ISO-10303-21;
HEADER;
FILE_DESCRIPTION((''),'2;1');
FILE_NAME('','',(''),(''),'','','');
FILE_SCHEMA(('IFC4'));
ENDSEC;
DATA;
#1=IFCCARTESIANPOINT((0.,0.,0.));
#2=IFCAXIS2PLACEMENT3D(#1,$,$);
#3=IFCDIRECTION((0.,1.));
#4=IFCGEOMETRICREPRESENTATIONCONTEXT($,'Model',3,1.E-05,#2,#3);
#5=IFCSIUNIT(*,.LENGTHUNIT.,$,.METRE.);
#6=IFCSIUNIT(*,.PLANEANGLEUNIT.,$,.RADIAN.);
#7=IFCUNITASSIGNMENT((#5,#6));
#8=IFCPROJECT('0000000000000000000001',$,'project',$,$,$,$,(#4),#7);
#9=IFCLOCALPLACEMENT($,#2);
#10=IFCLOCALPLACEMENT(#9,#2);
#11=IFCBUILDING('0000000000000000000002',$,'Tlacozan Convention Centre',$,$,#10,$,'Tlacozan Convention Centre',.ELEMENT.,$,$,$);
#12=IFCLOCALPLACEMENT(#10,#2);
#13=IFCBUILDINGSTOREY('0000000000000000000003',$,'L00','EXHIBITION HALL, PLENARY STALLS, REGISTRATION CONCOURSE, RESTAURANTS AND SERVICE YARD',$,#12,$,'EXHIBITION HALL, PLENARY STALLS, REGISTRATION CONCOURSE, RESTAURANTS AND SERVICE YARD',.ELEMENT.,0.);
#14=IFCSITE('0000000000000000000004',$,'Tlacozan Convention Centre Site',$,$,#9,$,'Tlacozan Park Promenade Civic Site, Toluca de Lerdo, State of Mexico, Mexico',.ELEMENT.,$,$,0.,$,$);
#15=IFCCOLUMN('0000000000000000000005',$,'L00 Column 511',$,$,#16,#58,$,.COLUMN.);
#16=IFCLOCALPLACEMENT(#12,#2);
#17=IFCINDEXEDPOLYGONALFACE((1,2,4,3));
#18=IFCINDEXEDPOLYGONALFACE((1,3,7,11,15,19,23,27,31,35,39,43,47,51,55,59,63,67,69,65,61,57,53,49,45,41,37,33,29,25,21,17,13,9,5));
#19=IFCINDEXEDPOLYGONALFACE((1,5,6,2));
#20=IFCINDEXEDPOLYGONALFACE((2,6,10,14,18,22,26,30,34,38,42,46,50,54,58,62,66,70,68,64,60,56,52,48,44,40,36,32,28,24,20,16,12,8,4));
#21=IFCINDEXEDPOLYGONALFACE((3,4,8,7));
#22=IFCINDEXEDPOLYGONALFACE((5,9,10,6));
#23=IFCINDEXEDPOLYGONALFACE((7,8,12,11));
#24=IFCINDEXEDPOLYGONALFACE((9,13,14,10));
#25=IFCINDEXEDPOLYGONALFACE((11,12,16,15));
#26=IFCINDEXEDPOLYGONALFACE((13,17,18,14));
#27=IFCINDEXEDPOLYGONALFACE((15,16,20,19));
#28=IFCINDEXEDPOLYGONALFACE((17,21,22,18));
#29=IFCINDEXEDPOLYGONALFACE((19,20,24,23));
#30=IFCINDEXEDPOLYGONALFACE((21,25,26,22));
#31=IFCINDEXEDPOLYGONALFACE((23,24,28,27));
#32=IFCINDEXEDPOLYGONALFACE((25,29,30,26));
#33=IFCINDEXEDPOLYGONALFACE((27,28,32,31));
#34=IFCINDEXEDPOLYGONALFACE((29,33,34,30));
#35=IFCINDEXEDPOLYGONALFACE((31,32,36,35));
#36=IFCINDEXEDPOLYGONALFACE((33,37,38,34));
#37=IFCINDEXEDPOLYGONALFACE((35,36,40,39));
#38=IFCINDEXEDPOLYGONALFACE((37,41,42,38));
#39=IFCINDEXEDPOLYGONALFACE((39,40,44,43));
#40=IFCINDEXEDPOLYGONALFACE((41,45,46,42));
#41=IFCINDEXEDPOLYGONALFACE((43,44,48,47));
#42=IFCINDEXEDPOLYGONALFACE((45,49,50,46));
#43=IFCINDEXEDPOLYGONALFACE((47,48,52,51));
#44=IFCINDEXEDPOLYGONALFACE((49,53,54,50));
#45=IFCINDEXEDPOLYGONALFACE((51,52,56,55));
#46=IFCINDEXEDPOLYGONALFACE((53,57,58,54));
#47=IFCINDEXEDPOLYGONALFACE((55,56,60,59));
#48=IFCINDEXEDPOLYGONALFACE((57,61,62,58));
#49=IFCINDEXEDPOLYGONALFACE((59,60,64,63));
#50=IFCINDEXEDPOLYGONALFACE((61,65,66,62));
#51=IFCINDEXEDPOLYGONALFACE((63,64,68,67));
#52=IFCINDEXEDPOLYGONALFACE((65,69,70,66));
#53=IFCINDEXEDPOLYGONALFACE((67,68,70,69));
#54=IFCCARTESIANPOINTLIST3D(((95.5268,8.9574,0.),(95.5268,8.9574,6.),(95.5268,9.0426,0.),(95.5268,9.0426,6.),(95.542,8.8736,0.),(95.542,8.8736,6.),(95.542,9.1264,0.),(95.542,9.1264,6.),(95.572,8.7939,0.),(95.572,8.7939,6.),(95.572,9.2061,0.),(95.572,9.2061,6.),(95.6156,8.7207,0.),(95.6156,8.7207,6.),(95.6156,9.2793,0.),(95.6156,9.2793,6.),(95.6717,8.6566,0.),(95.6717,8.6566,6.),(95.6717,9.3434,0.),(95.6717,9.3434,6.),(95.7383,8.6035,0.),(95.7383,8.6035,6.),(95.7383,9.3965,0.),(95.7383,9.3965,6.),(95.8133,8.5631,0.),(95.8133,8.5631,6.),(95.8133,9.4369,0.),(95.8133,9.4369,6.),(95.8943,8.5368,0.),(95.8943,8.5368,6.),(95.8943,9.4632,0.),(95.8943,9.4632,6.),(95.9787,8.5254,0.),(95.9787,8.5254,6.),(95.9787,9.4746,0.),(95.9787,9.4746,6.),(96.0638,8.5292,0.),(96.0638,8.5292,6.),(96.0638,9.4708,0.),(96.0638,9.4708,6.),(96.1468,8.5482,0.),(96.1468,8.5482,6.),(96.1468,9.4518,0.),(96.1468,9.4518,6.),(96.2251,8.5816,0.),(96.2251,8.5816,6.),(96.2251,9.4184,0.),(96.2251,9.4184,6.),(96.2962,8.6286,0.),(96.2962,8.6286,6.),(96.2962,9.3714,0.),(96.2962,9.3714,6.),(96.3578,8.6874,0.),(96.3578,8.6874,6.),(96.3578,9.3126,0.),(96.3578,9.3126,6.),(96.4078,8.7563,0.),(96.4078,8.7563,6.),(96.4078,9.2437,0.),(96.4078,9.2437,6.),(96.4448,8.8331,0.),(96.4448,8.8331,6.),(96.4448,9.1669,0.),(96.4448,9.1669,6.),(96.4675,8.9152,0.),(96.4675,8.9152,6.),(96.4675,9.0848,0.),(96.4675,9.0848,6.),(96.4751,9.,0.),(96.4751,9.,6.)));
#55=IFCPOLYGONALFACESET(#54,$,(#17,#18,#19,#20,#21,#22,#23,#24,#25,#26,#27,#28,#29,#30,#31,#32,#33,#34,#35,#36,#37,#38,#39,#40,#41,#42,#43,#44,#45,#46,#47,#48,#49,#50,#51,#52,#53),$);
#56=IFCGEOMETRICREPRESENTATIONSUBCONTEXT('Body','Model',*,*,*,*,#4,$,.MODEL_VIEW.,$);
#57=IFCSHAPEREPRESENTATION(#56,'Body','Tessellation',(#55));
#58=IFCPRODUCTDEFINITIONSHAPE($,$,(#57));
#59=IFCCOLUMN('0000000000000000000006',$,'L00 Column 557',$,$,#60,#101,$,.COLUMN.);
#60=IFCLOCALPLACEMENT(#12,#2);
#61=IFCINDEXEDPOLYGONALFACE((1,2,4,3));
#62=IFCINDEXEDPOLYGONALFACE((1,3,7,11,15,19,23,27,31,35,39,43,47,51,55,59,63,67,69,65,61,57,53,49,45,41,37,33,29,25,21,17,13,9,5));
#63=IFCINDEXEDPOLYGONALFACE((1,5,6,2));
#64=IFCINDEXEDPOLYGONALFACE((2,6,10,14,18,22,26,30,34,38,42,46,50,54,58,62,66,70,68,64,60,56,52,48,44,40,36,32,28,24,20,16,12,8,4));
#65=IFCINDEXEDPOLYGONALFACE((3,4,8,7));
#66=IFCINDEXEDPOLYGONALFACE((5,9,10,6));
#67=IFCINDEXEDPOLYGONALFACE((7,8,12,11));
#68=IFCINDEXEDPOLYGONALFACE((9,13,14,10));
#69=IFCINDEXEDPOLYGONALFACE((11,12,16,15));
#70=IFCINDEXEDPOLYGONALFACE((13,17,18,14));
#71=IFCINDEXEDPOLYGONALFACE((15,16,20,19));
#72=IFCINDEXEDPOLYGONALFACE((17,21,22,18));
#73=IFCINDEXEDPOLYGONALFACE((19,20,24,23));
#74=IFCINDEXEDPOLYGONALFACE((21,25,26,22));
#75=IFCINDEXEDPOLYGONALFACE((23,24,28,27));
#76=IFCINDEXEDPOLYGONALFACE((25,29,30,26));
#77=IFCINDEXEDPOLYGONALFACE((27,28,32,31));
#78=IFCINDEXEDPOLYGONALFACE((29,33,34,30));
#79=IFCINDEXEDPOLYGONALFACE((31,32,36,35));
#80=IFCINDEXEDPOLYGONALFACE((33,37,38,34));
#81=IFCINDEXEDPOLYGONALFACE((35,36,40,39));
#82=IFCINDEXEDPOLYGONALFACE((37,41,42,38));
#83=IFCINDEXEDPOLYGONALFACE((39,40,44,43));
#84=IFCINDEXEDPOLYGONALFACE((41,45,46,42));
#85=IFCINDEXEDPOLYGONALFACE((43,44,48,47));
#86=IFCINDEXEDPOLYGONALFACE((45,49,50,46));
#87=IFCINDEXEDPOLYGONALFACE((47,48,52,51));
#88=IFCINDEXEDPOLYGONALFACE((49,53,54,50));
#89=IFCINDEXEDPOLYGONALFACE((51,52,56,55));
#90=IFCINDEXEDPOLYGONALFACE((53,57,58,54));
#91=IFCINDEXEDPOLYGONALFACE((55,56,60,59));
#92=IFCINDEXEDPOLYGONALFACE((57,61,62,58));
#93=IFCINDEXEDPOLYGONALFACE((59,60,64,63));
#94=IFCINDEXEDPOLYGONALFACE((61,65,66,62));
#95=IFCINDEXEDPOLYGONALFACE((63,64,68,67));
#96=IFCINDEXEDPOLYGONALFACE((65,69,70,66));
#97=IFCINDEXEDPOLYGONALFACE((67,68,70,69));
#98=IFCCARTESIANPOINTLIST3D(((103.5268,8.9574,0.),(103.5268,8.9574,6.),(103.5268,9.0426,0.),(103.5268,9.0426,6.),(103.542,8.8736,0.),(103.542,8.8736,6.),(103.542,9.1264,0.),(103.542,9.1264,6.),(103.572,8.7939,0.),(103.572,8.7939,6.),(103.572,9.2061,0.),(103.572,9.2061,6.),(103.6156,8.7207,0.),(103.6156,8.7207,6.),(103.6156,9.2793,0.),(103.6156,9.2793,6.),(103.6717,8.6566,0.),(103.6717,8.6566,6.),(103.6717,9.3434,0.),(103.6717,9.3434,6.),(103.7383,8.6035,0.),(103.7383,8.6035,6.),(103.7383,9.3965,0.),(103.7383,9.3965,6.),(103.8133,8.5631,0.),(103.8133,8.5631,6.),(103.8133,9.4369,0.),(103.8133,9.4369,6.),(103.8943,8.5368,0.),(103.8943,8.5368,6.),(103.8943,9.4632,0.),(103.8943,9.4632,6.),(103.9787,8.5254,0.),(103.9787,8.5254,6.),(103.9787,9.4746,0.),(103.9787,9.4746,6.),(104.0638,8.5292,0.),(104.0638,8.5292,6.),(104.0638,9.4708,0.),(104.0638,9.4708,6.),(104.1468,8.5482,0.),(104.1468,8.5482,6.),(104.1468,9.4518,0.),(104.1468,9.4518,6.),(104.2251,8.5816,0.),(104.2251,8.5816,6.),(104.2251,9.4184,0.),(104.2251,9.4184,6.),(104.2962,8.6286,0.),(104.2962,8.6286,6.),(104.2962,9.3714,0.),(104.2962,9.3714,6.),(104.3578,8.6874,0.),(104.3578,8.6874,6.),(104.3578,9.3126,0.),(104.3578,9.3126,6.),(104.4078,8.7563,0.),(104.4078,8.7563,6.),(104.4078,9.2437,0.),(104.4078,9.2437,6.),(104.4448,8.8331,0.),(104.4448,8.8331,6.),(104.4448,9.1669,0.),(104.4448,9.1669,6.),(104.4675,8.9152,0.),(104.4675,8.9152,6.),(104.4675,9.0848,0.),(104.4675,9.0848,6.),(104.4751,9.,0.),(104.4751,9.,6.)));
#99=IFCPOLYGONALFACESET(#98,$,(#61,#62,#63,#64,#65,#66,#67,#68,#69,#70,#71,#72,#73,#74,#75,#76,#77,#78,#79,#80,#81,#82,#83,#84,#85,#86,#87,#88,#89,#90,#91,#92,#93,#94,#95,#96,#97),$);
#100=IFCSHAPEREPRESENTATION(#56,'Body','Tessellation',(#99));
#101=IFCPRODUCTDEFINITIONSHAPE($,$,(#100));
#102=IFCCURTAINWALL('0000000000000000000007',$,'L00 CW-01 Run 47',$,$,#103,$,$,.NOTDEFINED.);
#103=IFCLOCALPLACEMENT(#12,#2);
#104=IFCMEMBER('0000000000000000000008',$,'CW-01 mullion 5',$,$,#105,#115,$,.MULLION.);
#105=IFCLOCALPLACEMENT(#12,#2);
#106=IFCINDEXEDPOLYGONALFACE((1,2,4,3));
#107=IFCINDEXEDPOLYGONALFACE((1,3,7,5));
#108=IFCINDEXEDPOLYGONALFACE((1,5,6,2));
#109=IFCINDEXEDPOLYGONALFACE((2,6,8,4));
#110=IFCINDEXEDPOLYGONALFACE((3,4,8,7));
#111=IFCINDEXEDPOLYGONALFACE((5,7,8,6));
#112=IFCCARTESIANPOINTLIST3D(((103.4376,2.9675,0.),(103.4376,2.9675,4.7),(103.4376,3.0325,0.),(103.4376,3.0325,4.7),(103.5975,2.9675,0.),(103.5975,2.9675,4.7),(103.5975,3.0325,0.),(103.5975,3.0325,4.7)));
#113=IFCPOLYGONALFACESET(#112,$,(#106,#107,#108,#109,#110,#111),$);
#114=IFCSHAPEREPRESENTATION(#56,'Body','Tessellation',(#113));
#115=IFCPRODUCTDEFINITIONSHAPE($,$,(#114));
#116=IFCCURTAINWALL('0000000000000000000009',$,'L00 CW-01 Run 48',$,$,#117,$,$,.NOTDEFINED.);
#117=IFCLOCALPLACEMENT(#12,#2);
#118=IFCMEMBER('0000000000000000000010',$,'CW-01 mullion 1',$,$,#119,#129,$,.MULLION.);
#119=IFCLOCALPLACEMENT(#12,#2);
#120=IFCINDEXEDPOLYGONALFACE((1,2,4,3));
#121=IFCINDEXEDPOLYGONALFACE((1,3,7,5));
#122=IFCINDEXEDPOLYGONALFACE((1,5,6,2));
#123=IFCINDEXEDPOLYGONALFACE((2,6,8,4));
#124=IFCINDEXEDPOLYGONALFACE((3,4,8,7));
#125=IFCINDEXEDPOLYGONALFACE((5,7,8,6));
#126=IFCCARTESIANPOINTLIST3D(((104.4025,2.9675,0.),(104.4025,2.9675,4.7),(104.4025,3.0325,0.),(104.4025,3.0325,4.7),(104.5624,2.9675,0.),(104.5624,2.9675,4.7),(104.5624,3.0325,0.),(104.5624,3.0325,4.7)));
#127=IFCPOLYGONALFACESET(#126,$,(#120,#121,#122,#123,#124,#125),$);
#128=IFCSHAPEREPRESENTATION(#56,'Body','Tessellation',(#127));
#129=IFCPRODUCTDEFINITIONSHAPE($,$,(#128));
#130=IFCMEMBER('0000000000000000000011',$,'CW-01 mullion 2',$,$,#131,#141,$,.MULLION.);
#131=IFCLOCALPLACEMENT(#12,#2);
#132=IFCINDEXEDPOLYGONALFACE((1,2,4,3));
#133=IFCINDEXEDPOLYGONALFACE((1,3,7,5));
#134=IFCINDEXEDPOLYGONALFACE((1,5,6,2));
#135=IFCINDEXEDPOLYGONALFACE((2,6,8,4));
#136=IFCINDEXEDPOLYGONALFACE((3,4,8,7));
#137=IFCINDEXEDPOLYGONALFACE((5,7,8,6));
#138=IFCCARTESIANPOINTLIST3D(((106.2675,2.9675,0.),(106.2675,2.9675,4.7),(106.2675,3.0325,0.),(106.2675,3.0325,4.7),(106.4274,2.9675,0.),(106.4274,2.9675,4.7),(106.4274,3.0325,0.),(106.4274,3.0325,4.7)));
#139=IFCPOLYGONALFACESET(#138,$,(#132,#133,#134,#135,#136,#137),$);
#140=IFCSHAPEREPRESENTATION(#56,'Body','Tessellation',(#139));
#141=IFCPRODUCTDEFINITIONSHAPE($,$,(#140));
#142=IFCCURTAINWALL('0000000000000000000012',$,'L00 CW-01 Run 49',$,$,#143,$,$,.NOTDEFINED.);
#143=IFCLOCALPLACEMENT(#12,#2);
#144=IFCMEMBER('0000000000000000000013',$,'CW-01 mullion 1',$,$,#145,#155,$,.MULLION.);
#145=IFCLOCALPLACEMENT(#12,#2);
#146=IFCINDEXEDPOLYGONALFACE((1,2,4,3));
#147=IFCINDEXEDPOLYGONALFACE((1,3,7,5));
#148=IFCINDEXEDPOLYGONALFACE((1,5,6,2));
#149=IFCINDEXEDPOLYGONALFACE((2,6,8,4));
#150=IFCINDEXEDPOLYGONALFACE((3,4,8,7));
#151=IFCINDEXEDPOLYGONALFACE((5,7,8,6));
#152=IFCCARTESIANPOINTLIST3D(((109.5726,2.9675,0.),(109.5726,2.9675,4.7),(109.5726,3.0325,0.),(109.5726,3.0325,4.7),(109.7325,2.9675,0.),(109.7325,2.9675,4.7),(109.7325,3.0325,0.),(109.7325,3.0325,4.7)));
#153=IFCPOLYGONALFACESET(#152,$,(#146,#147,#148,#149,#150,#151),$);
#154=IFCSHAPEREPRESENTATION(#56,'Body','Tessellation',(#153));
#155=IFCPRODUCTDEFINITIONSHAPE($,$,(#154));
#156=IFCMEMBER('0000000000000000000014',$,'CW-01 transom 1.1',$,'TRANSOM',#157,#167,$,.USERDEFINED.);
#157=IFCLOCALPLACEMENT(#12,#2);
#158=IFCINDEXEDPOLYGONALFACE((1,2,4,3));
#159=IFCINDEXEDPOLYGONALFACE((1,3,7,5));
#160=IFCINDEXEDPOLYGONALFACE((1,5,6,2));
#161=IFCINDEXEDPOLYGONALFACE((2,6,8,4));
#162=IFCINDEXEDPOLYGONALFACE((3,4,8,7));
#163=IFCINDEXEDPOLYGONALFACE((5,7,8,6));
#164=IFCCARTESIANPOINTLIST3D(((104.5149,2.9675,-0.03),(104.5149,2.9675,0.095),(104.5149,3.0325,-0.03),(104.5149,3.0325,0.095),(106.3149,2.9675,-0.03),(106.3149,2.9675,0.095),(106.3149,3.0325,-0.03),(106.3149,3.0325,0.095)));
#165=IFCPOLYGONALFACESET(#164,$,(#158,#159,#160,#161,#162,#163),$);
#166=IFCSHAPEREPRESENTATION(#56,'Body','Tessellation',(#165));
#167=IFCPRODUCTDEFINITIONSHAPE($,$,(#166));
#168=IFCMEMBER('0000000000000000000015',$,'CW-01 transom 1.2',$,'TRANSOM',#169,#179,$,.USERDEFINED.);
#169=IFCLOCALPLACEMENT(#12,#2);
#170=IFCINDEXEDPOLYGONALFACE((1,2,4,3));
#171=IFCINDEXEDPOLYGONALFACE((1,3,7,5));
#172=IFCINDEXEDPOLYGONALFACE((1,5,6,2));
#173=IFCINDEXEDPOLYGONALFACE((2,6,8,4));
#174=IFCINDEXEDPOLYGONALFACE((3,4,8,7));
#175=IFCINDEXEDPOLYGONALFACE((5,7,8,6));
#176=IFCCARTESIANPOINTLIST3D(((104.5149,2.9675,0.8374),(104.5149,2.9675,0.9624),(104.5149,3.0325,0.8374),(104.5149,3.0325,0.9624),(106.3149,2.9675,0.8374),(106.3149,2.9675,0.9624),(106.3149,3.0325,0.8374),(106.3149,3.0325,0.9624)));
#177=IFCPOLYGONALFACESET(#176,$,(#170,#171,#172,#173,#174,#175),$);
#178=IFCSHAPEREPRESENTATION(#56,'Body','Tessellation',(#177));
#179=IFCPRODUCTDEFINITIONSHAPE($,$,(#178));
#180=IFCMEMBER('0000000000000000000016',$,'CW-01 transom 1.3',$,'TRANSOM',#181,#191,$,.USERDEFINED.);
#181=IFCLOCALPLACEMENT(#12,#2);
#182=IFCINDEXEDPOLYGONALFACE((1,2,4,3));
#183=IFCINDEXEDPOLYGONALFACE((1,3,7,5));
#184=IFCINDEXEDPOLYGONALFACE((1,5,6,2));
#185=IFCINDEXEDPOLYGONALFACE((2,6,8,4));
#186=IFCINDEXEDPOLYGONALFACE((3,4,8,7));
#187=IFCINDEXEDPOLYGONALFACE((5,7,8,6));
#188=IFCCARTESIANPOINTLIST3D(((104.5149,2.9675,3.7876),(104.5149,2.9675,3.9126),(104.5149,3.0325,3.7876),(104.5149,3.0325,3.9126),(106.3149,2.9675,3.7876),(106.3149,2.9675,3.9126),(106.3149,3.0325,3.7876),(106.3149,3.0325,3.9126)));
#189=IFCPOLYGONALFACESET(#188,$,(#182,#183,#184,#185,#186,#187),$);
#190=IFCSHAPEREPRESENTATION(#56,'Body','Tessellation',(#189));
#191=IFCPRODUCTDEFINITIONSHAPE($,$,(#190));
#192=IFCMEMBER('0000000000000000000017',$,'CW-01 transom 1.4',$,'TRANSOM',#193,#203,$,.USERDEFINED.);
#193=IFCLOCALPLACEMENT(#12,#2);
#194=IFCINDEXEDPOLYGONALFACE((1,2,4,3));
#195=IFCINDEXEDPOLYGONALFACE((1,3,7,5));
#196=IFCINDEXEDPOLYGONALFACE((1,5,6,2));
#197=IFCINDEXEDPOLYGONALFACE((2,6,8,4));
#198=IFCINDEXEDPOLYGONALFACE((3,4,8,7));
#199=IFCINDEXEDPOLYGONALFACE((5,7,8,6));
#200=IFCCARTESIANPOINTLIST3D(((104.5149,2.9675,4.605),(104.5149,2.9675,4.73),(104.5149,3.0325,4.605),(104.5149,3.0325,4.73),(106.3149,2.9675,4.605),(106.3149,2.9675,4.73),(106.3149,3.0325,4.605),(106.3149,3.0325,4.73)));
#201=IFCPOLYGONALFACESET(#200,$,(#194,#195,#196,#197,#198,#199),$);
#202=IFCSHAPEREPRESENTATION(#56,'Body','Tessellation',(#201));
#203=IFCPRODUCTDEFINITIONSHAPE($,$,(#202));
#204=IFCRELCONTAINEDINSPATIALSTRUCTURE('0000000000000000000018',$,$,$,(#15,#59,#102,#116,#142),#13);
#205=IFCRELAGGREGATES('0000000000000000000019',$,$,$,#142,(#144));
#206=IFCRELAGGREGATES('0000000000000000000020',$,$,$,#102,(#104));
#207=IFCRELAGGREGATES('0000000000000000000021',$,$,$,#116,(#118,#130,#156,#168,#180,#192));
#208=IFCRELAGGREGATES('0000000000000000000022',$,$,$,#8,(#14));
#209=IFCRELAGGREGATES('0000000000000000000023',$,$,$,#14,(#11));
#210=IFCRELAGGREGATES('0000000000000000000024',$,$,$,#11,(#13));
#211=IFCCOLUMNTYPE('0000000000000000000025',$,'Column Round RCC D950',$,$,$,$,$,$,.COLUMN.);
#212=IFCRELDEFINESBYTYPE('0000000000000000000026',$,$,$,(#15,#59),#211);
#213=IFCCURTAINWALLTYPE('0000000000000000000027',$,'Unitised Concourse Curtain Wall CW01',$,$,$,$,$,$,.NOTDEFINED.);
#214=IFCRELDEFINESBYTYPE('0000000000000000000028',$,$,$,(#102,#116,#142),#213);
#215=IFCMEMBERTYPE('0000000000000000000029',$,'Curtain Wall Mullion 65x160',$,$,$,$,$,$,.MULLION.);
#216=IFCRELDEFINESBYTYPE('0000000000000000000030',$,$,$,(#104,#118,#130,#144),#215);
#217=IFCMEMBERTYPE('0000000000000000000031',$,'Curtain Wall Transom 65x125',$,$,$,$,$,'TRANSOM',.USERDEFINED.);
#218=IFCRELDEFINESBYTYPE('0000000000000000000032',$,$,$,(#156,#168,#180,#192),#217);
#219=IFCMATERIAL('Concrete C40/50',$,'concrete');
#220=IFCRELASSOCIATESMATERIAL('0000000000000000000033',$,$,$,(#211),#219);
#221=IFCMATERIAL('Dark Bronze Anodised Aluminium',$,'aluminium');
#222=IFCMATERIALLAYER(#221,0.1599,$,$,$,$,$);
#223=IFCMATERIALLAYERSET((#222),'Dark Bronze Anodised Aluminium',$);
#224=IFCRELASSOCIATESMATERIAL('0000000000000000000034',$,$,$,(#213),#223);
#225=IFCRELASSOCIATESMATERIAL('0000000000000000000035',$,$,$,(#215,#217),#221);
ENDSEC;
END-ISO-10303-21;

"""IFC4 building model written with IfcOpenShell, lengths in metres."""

from ifc_helpers import new_model, si_unit, direction, frame, origin, origin_2d, place, context, subcontext, project, spatial, rectangle, circle, extrude, material, layer, layer_set, material_profile, profile_set, type_object, element, aggregate, save


model = new_model("IFC4")

# Units and contexts
model_context = context("Model", 3, precision=1e-05, world=origin(), true_north=direction((0.0, 1.0)))
body_context = subcontext(model_context, "Body", "Model", "MODEL_VIEW")
ifc_project = project(units=[si_unit("LENGTHUNIT", "METRE"), si_unit("PLANEANGLEUNIT", "RADIAN")], contexts=[model_context])

# Site, building, storey
site_placement = place(None, origin())
site = spatial("IfcSite", under=ifc_project, at=site_placement, Name="Tlacozan Convention Centre Site", LongName="Tlacozan Park Promenade Civic Site, Toluca de Lerdo, State of Mexico, Mexico", CompositionType="ELEMENT", RefElevation=0.0)
building_placement = place(site_placement, origin())
building = spatial("IfcBuilding", under=site, at=building_placement, Name="Tlacozan Convention Centre", LongName="Tlacozan Convention Centre", CompositionType="ELEMENT")
storey_placement = place(building_placement, origin())
storey = spatial("IfcBuildingStorey", under=building, at=storey_placement, Name="L00", Description="EXHIBITION HALL, PLENARY STALLS, REGISTRATION CONCOURSE, RESTAURANTS AND SERVICE YARD", LongName="EXHIBITION HALL, PLENARY STALLS, REGISTRATION CONCOURSE, RESTAURANTS AND SERVICE YARD", CompositionType="ELEMENT", Elevation=0.0)

# Columns
ifc_material_1 = material(Name="Concrete C40/50", Category="concrete")
ifc_material_profile_1 = material_profile(ifc_material_1, circle(Radius=0.4751, at=origin_2d()), Name="RCC D950")
ifc_profile_set_1 = profile_set([ifc_material_profile_1], Name="Concrete C40/50")
column_type = type_object("IfcColumnType", Name="Column Round RCC D950", PredefinedType="COLUMN", material=ifc_profile_set_1)
for number, where, z_axis, x_axis, name in (
    (1, (96.0, 9.0, 0.0), (0.0, 0.0, 1.0), (1.0, 0.0, 0.0), "L00 Column 511"),
    (2, (104.0, 9.0, 0.0), (0.0, 0.0, 1.0), (1.0, 0.0, 0.0), "L00 Column 557"),
):
    element("IfcColumn", number, at=place(storey_placement, frame(where, z_axis=z_axis, x_axis=x_axis)), inside=storey, type_object=column_type, Name=name, PredefinedType="COLUMN", context=body_context, shape_type="SweptSolid", body=[
        extrude(circle(Radius=0.4751, at=origin_2d()), origin(), (0.0, 0.0, 1.0), 6.0),
    ])

# Curtain wall, member
ifc_material_2 = material(Name="Dark Bronze Anodised Aluminium", Category="aluminium")
ifc_layer_1 = layer(ifc_material_2, 0.1599)
ifc_layer_set_1 = layer_set([ifc_layer_1], Name="Dark Bronze Anodised Aluminium")
curtain_wall_type = type_object("IfcCurtainWallType", Name="Unitised Concourse Curtain Wall CW01", PredefinedType="NOTDEFINED", material=ifc_layer_set_1)
curtain_wall_1_placement = place(storey_placement, origin())
curtain_wall_1 = element("IfcCurtainWall", 3, at=curtain_wall_1_placement, inside=storey, type_object=curtain_wall_type, Name="L00 CW-01 Run 47", PredefinedType="NOTDEFINED")
ifc_material_profile_2 = material_profile(ifc_material_2, rectangle(XDim=0.0649, YDim=0.1599, at=origin_2d()), Name="ALU 65x160")
ifc_profile_set_2 = profile_set([ifc_material_profile_2], Name="Dark Bronze Anodised Aluminium")
member_type_1 = type_object("IfcMemberType", Name="Curtain Wall Mullion 65x160", PredefinedType="MULLION", material=ifc_profile_set_2)
member_1_placement = place(storey_placement, frame((103.5176, 3.0, 0.0), z_axis=(0.0, 0.0, 1.0), x_axis=(0.0, 1.0, 0.0)))
member_1 = element("IfcMember", 4, at=member_1_placement, type_object=member_type_1, Name="CW-01 mullion 5", PredefinedType="MULLION", context=body_context, shape_type="SweptSolid", body=[
    extrude(rectangle(XDim=0.0649, YDim=0.1599, at=origin_2d()), origin(), (0.0, 0.0, 1.0), 4.7),
])

# Curtain wall, members
curtain_wall_2_placement = place(storey_placement, origin())
curtain_wall_2 = element("IfcCurtainWall", 5, at=curtain_wall_2_placement, inside=storey, type_object=curtain_wall_type, Name="L00 CW-01 Run 48", PredefinedType="NOTDEFINED")
member_2_placement = place(storey_placement, frame((104.4824, 3.0, 0.0), z_axis=(0.0, 0.0, 1.0), x_axis=(0.0, 1.0, 0.0)))
member_2 = element("IfcMember", 6, at=member_2_placement, type_object=member_type_1, Name="CW-01 mullion 1", PredefinedType="MULLION", context=body_context, shape_type="SweptSolid", body=[
    extrude(rectangle(XDim=0.0649, YDim=0.1599, at=origin_2d()), origin(), (0.0, 0.0, 1.0), 4.7),
])
member_3_placement = place(storey_placement, frame((106.3474, 3.0, 0.0), z_axis=(0.0, 0.0, 1.0), x_axis=(0.0, 1.0, 0.0)))
member_3 = element("IfcMember", 7, at=member_3_placement, type_object=member_type_1, Name="CW-01 mullion 2", PredefinedType="MULLION", context=body_context, shape_type="SweptSolid", body=[
    extrude(rectangle(XDim=0.0649, YDim=0.1599, at=origin_2d()), origin(), (0.0, 0.0, 1.0), 4.7),
])

# Curtain wall, member
curtain_wall_3_placement = place(storey_placement, origin())
curtain_wall_3 = element("IfcCurtainWall", 8, at=curtain_wall_3_placement, inside=storey, type_object=curtain_wall_type, Name="L00 CW-01 Run 49", PredefinedType="NOTDEFINED")
member_4_placement = place(storey_placement, frame((109.6526, 3.0, 0.0), z_axis=(0.0, 0.0, 1.0), x_axis=(0.0, 1.0, 0.0)))
member_4 = element("IfcMember", 9, at=member_4_placement, type_object=member_type_1, Name="CW-01 mullion 1", PredefinedType="MULLION", context=body_context, shape_type="SweptSolid", body=[
    extrude(rectangle(XDim=0.0649, YDim=0.1599, at=origin_2d()), origin(), (0.0, 0.0, 1.0), 4.7),
])
aggregate(curtain_wall_3, [member_4])

# Members
ifc_material_profile_3 = material_profile(ifc_material_2, rectangle(XDim=0.0649, YDim=0.125, at=origin_2d()), Name="ALU 65x125")
ifc_profile_set_3 = profile_set([ifc_material_profile_3], Name="Dark Bronze Anodised Aluminium")
member_type_2 = type_object("IfcMemberType", Name="Curtain Wall Transom 65x125", ElementType="TRANSOM", PredefinedType="USERDEFINED", material=ifc_profile_set_3)
member_5_placement = place(storey_placement, frame((104.5149, 3.0, 0.0325), z_axis=(1.0, 0.0, 0.0), x_axis=(0.0, 1.0, 0.0)))
member_5 = element("IfcMember", 10, at=member_5_placement, type_object=member_type_2, Name="CW-01 transom 1.1", ObjectType="TRANSOM", PredefinedType="USERDEFINED", context=body_context, shape_type="SweptSolid", body=[
    extrude(rectangle(XDim=0.0649, YDim=0.125, at=origin_2d()), origin(), (0.0, 0.0, 1.0), 1.8),
])
member_6_placement = place(storey_placement, frame((104.5149, 3.0, 0.8999), z_axis=(1.0, 0.0, 0.0), x_axis=(0.0, 1.0, 0.0)))
member_6 = element("IfcMember", 11, at=member_6_placement, type_object=member_type_2, Name="CW-01 transom 1.2", ObjectType="TRANSOM", PredefinedType="USERDEFINED", context=body_context, shape_type="SweptSolid", body=[
    extrude(rectangle(XDim=0.0649, YDim=0.125, at=origin_2d()), origin(), (0.0, 0.0, 1.0), 1.8),
])
member_7_placement = place(storey_placement, frame((104.5149, 3.0, 3.8501), z_axis=(1.0, 0.0, 0.0), x_axis=(0.0, 1.0, 0.0)))
member_7 = element("IfcMember", 12, at=member_7_placement, type_object=member_type_2, Name="CW-01 transom 1.3", ObjectType="TRANSOM", PredefinedType="USERDEFINED", context=body_context, shape_type="SweptSolid", body=[
    extrude(rectangle(XDim=0.0649, YDim=0.125, at=origin_2d()), origin(), (0.0, 0.0, 1.0), 1.8),
])
member_8_placement = place(storey_placement, frame((104.5149, 3.0, 4.6675), z_axis=(1.0, 0.0, 0.0), x_axis=(0.0, 1.0, 0.0)))
member_8 = element("IfcMember", 13, at=member_8_placement, type_object=member_type_2, Name="CW-01 transom 1.4", ObjectType="TRANSOM", PredefinedType="USERDEFINED", context=body_context, shape_type="SweptSolid", body=[
    extrude(rectangle(XDim=0.0649, YDim=0.125, at=origin_2d()), origin(), (0.0, 0.0, 1.0), 1.8),
])

aggregate(curtain_wall_1, [member_1])
aggregate(curtain_wall_2, [member_2, member_3, member_5, member_6, member_7, member_8])

save(model, "model.ifc")
